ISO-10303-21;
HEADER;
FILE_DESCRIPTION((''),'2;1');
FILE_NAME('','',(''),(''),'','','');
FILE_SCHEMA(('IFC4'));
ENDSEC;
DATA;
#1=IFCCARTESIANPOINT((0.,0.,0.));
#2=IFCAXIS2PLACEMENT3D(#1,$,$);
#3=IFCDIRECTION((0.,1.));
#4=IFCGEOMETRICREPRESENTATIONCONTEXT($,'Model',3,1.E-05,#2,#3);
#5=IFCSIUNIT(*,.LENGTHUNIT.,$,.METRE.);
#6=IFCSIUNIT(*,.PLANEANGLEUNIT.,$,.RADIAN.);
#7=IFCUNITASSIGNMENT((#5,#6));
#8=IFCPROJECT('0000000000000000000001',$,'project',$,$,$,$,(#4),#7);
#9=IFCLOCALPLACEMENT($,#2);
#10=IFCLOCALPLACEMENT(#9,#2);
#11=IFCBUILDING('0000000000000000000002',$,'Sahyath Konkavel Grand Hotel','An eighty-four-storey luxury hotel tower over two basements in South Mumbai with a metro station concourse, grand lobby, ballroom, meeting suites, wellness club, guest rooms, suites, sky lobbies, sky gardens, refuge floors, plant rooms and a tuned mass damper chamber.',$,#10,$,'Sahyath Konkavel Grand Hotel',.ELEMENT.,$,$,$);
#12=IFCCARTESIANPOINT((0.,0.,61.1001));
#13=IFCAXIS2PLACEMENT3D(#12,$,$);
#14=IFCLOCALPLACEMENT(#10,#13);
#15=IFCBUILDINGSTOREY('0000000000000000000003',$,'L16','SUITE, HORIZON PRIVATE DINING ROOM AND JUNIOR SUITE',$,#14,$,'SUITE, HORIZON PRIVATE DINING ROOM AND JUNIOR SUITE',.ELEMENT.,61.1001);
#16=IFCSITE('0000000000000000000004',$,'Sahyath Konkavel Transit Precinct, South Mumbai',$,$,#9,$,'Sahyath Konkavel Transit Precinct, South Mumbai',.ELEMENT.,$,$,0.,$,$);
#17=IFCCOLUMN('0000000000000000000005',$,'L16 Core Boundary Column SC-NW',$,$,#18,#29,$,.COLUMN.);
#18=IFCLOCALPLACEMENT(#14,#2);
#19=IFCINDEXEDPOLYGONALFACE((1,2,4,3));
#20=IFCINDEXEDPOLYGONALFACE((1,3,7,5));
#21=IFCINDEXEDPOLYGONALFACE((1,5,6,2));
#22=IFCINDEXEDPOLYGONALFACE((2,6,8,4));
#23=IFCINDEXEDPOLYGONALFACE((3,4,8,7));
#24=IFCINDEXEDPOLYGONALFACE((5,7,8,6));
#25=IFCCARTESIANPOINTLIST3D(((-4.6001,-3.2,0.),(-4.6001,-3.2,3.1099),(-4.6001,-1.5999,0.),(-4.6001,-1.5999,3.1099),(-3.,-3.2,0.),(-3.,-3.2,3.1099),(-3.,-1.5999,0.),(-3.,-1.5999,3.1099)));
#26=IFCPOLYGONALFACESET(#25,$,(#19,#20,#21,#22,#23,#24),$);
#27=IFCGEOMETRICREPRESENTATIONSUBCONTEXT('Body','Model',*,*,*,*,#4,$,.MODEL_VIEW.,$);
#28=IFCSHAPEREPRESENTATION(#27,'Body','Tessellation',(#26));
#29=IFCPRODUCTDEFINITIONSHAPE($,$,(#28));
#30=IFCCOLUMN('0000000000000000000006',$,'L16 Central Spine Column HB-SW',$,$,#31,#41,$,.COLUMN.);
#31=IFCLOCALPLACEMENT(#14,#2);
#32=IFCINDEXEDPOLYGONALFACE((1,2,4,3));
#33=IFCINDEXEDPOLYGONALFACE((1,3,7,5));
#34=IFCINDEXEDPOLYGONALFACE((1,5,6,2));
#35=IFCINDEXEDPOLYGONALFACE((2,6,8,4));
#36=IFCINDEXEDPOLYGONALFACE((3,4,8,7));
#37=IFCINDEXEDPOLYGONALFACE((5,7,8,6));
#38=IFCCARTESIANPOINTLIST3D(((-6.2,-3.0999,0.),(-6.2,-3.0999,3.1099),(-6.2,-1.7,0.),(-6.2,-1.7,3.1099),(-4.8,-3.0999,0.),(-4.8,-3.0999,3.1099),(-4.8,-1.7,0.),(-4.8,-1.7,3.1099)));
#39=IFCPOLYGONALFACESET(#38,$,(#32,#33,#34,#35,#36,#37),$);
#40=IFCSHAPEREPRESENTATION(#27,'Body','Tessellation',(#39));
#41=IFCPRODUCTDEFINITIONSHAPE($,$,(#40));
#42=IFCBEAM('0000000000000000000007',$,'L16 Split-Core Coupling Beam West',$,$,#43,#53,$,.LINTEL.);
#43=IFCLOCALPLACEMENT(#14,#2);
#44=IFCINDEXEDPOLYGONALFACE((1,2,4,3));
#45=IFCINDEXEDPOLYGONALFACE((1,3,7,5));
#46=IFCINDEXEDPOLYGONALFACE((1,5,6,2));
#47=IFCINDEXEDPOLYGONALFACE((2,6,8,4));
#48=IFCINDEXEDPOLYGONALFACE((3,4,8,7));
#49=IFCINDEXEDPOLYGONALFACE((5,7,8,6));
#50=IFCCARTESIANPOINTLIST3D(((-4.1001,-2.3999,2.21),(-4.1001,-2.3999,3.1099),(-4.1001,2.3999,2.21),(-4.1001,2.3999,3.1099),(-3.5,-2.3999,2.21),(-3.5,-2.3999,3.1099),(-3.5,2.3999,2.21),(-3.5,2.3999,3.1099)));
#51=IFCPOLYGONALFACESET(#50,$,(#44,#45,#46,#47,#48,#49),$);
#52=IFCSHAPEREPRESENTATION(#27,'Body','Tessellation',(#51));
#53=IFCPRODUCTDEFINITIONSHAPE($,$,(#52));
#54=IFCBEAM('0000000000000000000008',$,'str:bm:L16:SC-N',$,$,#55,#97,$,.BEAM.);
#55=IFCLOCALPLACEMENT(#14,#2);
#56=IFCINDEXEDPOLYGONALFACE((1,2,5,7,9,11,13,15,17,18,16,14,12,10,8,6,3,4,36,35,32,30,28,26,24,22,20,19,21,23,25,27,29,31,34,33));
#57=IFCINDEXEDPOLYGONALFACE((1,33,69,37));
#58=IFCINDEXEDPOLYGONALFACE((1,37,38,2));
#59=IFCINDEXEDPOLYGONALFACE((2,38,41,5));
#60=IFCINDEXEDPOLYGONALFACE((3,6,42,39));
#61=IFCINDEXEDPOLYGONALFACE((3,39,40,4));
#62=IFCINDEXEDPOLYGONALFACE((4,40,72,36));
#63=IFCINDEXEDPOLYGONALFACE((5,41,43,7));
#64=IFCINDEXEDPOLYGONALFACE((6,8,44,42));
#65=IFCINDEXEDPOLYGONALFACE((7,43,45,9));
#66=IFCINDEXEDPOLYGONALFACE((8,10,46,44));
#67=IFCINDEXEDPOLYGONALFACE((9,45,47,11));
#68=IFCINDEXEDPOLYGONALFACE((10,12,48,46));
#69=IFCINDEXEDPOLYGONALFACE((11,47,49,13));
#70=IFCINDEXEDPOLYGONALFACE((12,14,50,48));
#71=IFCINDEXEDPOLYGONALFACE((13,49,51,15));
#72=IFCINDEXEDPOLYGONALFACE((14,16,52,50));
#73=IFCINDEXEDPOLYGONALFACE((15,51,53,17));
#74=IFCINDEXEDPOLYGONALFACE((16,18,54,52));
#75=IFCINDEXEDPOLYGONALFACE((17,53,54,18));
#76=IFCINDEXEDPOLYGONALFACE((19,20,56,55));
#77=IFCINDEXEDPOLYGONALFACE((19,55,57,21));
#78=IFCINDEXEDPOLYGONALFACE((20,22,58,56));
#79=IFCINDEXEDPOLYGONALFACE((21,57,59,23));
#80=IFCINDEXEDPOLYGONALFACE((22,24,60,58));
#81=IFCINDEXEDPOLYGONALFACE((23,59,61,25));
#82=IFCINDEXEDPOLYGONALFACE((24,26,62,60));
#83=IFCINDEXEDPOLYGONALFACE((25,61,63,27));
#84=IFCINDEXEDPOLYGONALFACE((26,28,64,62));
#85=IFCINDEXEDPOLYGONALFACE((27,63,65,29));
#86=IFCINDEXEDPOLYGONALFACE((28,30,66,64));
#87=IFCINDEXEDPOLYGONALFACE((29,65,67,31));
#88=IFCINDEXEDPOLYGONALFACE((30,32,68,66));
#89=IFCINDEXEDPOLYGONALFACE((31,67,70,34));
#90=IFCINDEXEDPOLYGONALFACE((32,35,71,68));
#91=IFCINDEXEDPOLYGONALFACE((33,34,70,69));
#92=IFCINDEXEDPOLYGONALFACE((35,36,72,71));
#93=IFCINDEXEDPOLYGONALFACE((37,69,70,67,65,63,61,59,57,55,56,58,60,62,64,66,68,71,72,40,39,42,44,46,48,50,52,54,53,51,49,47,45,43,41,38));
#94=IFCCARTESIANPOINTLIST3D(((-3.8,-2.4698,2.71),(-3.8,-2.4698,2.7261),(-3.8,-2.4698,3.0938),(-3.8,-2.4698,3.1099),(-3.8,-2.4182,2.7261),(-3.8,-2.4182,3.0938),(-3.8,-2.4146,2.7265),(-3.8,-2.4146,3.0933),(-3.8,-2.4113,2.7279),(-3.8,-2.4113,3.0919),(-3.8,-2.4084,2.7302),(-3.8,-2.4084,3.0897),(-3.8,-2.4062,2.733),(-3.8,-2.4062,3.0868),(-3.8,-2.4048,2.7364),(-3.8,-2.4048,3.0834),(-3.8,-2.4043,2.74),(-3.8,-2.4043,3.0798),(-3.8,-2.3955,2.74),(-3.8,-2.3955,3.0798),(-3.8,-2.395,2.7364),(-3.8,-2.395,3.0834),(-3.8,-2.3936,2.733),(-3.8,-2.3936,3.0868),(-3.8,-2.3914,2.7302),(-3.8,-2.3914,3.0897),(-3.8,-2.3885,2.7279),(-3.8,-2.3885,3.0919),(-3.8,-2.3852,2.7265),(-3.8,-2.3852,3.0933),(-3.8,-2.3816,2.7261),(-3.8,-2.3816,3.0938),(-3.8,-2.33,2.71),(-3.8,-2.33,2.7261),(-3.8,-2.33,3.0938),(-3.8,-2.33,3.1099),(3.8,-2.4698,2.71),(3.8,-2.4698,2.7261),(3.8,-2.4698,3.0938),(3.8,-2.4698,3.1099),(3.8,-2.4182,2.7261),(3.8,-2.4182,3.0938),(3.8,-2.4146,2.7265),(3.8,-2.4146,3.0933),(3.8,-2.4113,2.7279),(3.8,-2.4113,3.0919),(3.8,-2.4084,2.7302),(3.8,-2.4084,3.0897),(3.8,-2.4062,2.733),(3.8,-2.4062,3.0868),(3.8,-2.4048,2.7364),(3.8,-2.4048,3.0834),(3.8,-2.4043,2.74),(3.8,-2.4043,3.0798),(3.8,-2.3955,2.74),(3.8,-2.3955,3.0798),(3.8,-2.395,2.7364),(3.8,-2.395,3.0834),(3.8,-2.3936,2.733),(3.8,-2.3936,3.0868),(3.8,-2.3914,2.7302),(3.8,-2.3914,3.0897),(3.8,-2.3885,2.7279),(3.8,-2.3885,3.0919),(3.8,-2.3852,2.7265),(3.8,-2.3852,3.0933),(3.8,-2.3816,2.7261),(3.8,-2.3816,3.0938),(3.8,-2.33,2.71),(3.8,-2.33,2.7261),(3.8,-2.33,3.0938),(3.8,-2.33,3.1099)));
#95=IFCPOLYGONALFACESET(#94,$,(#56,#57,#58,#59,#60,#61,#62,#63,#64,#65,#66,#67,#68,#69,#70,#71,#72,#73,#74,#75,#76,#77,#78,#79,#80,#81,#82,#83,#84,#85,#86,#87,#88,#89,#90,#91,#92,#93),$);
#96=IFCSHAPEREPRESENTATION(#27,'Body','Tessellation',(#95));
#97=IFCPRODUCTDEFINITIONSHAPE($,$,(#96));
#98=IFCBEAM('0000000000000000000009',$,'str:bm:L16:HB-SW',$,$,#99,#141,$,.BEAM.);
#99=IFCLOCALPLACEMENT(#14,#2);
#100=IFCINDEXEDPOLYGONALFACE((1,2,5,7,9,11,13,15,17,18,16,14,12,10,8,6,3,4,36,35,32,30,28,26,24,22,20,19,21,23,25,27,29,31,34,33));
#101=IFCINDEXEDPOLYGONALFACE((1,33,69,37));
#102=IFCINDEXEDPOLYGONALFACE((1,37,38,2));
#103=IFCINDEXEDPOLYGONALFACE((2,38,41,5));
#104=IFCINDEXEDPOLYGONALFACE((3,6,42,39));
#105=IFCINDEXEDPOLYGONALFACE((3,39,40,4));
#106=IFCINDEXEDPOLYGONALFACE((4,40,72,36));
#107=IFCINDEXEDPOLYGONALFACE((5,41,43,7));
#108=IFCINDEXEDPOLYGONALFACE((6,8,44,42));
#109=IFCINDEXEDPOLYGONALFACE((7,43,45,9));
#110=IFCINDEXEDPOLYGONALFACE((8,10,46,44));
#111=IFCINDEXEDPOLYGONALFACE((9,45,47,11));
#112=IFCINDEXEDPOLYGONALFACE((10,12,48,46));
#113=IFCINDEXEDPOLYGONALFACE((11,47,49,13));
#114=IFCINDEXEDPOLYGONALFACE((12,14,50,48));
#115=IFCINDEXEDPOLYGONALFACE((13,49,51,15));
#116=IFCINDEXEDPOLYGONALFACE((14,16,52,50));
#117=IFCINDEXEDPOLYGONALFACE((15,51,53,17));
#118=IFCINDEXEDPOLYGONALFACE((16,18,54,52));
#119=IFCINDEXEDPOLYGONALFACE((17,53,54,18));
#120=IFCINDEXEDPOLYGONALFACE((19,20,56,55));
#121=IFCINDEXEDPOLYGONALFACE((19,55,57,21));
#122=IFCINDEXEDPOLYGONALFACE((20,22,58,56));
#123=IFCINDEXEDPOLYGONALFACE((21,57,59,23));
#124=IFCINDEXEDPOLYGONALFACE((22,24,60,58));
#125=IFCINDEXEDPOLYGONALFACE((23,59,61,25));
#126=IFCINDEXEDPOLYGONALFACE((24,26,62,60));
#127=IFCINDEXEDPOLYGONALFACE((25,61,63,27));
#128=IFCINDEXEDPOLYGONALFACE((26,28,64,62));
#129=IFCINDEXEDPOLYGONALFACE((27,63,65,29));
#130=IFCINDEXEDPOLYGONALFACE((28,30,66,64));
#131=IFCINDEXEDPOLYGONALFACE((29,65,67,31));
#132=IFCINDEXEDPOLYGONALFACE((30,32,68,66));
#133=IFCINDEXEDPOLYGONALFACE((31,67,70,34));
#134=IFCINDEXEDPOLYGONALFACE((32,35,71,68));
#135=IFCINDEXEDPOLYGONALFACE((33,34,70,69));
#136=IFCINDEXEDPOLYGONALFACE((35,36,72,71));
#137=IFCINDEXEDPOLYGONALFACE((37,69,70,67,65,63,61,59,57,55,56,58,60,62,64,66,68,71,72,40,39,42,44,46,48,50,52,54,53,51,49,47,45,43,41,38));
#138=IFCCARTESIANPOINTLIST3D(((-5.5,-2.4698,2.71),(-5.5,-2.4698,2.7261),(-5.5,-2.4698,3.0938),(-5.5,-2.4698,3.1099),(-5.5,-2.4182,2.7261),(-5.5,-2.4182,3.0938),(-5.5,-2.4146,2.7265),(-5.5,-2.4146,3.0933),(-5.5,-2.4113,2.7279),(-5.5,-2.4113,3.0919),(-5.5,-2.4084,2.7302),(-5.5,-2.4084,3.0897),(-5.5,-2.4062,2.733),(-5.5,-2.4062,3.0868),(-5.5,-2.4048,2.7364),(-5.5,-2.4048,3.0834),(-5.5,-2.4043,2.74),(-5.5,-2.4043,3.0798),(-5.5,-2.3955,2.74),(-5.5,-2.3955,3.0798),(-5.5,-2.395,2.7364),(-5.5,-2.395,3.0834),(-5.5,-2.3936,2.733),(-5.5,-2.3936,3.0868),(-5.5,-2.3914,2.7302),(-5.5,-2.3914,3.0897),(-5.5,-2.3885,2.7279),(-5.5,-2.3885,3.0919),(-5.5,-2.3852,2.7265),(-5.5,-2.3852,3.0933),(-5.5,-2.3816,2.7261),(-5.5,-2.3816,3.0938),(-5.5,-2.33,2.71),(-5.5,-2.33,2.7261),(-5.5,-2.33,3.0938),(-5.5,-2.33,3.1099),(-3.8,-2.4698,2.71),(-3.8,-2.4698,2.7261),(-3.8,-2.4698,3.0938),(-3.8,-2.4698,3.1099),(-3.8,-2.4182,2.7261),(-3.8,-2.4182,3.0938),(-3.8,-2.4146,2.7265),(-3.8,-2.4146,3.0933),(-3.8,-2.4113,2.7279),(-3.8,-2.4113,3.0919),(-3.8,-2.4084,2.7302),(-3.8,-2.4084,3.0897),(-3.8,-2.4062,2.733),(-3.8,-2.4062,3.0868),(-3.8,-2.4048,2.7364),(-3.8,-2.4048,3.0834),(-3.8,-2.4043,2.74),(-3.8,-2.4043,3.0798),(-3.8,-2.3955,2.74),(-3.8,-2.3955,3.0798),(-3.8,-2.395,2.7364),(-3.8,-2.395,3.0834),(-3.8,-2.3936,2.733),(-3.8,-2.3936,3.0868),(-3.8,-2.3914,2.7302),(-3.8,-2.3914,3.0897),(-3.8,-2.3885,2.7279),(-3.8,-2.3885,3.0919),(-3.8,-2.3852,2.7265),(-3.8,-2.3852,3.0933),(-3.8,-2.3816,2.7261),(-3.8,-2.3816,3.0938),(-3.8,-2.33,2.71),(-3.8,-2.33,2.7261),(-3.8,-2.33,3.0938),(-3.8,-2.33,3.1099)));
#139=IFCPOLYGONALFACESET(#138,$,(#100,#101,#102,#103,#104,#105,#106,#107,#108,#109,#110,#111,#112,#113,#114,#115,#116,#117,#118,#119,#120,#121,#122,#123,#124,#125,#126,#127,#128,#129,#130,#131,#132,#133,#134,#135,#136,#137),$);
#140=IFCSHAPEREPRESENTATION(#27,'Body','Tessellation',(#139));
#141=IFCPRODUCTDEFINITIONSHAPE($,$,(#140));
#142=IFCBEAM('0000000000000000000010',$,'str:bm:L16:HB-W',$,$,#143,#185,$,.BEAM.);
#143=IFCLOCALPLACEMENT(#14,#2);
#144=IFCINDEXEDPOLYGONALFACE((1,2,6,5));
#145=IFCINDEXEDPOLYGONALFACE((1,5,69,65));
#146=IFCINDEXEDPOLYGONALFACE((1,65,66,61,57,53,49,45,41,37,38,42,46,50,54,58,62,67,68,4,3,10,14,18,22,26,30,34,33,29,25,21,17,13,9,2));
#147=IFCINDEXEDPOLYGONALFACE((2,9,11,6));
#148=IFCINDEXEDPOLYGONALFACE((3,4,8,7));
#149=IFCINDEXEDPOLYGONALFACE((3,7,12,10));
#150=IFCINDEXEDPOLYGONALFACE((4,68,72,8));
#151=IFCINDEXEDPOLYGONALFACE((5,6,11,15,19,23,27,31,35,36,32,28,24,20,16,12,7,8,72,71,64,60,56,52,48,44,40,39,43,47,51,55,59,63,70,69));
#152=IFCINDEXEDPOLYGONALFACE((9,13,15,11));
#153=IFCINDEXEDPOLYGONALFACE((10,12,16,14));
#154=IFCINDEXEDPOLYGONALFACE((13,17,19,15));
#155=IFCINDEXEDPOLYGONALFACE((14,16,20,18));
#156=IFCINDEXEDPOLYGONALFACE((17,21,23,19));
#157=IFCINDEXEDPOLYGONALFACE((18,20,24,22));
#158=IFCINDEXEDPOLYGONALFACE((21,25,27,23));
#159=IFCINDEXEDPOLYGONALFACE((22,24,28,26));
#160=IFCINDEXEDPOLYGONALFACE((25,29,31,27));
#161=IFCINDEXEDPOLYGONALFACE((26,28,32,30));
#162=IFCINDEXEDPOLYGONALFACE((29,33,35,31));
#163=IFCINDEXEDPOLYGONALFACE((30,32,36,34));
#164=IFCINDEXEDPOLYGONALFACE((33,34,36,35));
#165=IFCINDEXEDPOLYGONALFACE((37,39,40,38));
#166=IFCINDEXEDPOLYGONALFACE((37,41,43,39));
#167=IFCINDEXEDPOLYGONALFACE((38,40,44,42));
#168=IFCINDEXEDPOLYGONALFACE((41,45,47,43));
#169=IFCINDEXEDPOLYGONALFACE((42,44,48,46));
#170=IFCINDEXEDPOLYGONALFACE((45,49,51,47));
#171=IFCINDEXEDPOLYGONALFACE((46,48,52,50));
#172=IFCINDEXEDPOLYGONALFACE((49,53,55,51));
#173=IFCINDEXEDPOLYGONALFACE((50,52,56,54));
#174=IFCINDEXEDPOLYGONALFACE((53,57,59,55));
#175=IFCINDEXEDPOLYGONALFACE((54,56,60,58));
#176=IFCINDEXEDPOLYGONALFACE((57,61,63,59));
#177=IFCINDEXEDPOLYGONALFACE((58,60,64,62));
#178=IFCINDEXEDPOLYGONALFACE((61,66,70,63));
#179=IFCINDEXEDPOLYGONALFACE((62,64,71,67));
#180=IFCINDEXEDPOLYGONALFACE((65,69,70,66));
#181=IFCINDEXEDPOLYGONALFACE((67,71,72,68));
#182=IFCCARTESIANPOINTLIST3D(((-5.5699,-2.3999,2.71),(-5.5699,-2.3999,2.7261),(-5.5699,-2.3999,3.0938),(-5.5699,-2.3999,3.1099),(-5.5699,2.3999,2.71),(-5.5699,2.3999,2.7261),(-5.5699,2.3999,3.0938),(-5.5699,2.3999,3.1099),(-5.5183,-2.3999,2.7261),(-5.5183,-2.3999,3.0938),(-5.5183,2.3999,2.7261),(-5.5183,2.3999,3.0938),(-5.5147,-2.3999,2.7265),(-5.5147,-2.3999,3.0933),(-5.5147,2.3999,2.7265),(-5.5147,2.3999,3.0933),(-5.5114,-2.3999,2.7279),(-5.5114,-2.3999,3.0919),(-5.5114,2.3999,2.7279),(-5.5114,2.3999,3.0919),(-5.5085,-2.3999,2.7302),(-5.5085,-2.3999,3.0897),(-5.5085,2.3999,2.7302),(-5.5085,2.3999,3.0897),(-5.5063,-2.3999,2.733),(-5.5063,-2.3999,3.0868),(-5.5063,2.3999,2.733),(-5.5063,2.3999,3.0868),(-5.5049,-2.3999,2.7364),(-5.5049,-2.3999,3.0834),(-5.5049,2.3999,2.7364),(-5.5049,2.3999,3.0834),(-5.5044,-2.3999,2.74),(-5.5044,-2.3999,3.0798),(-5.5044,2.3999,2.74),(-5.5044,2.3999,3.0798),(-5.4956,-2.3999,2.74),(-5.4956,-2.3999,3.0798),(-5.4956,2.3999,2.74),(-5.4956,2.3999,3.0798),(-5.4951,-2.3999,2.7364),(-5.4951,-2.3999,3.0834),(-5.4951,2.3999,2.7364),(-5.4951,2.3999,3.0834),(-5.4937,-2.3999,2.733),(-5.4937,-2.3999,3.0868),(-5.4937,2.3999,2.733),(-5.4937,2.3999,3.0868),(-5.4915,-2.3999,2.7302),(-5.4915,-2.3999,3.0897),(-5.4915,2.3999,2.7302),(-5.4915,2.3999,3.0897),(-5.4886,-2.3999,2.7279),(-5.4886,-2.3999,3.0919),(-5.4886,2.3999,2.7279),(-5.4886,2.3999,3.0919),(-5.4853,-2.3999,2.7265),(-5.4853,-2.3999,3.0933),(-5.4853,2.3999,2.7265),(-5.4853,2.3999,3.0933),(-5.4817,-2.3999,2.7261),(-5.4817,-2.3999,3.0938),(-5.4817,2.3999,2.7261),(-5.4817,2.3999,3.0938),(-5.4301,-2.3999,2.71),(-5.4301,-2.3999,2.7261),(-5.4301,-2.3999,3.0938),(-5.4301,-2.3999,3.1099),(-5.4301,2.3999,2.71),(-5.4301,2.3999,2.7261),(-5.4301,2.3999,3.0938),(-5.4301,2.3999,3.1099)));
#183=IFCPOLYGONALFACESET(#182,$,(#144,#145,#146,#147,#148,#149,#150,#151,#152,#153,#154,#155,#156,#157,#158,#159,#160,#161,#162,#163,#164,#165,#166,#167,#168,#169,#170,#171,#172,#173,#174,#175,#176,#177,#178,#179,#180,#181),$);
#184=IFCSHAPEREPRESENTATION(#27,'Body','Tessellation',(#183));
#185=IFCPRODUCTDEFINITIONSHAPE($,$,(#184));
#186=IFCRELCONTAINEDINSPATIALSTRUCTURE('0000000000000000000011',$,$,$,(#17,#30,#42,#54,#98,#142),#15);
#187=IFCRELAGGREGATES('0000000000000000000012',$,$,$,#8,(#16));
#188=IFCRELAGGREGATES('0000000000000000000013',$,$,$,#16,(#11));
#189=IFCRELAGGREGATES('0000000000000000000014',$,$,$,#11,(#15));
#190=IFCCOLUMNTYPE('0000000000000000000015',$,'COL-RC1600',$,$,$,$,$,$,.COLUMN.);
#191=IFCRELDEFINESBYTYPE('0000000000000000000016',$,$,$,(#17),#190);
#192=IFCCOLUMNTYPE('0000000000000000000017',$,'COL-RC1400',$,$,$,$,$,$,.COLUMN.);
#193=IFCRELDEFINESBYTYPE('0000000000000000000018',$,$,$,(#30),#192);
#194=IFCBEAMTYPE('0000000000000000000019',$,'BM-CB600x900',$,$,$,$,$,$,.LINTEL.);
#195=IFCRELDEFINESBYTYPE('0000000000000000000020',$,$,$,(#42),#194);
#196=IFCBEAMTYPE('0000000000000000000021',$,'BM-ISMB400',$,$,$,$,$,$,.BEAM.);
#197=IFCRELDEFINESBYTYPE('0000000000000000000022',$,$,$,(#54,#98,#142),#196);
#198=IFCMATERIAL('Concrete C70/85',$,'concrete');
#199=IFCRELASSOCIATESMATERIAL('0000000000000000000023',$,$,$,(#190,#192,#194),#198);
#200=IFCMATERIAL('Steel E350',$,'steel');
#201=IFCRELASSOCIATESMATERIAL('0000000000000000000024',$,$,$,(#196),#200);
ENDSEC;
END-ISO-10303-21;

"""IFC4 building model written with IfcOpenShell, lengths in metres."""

from ifc_helpers import new_model, si_unit, direction, frame, origin, origin_2d, place, context, subcontext, project, spatial, rectangle, i_section, extrude, source, transform, mapped, material, material_profile, profile_set, type_object, element, save


model = new_model("IFC4")

# Units and contexts
model_context = context("Model", 3, precision=1e-05, world=origin(), true_north=direction((0.0, 1.0)))
body_context = subcontext(model_context, "Body", "Model", "MODEL_VIEW")
ifc_project = project(units=[si_unit("LENGTHUNIT", "METRE"), si_unit("PLANEANGLEUNIT", "RADIAN")], contexts=[model_context])

# Site, building, storey
site_placement = place(None, origin())
site = spatial("IfcSite", under=ifc_project, at=site_placement, Name="Sahyath Konkavel Transit Precinct, South Mumbai", LongName="Sahyath Konkavel Transit Precinct, South Mumbai", CompositionType="ELEMENT", RefElevation=0.0)
building_placement = place(site_placement, origin())
building = spatial("IfcBuilding", under=site, at=building_placement, Name="Sahyath Konkavel Grand Hotel", Description="An eighty-four-storey luxury hotel tower over two basements in South Mumbai with a metro station concourse, grand lobby, ballroom, meeting suites, wellness club, guest rooms, suites, sky lobbies, sky gardens, refuge floors, plant rooms and a tuned mass damper chamber.", LongName="Sahyath Konkavel Grand Hotel", CompositionType="ELEMENT")
storey_placement = place(building_placement, frame((0.0, 0.0, 61.1001)))
storey = spatial("IfcBuildingStorey", under=building, at=storey_placement, Name="L16", Description="SUITE, HORIZON PRIVATE DINING ROOM AND JUNIOR SUITE", LongName="SUITE, HORIZON PRIVATE DINING ROOM AND JUNIOR SUITE", CompositionType="ELEMENT", Elevation=61.1001)

# Columns
ifc_material_1 = material(Name="Concrete C70/85", Category="concrete")
ifc_material_profile_1 = material_profile(ifc_material_1, rectangle(XDim=1.6001, YDim=1.6001, at=origin_2d()), Name="RC 1600x1600")
ifc_profile_set_1 = profile_set([ifc_material_profile_1], Name="Concrete C70/85")
column_type_1 = type_object("IfcColumnType", Name="COL-RC1600", PredefinedType="COLUMN", material=ifc_profile_set_1)
shared_shape_1 = source(origin(), body_context, "Body", "SweptSolid", [
    extrude(rectangle(XDim=1.6001, YDim=1.6001, at=origin_2d()), origin(), (0.0, 0.0, 1.0), 3.1099),
])
column_1_placement = place(storey_placement, frame((-3.8, -2.3999, 0.0), z_axis=(0.0, 0.0, 1.0), x_axis=(1.0, 0.0, 0.0)))
element("IfcColumn", 1, at=column_1_placement, inside=storey, type_object=column_type_1, Name="L16 Core Boundary Column SC-NW", PredefinedType="COLUMN", context=body_context, shape_type="MappedRepresentation", body=[
    mapped(shared_shape_1, transform((0.0, 0.0, 0.0), scale=1.0)),
])
ifc_material_profile_2 = material_profile(ifc_material_1, rectangle(XDim=1.3999, YDim=1.3999, at=origin_2d()), Name="RC 1400x1400")
ifc_profile_set_2 = profile_set([ifc_material_profile_2], Name="Concrete C70/85")
column_type_2 = type_object("IfcColumnType", Name="COL-RC1400", PredefinedType="COLUMN", material=ifc_profile_set_2)
shared_shape_2 = source(origin(), body_context, "Body", "SweptSolid", [
    extrude(rectangle(XDim=1.3999, YDim=1.3999, at=origin_2d()), origin(), (0.0, 0.0, 1.0), 3.1099),
])
column_2_placement = place(storey_placement, frame((-5.5, -2.3999, 0.0), z_axis=(0.0, 0.0, 1.0), x_axis=(1.0, 0.0, 0.0)))
element("IfcColumn", 2, at=column_2_placement, inside=storey, type_object=column_type_2, Name="L16 Central Spine Column HB-SW", PredefinedType="COLUMN", context=body_context, shape_type="MappedRepresentation", body=[
    mapped(shared_shape_2, transform((0.0, 0.0, 0.0), scale=1.0)),
])

# Beams
ifc_material_profile_3 = material_profile(ifc_material_1, rectangle(XDim=0.6001, YDim=0.8999, at=origin_2d()), Name="RC 600x900")
ifc_profile_set_3 = profile_set([ifc_material_profile_3], Name="Concrete C70/85")
beam_type_1 = type_object("IfcBeamType", Name="BM-CB600x900", PredefinedType="LINTEL", material=ifc_profile_set_3)
shared_shape_3 = source(origin(), body_context, "Body", "SweptSolid", [
    extrude(rectangle(XDim=0.6001, YDim=0.8999, at=origin_2d()), origin(), (0.0, 0.0, 1.0), 4.7998),
])
beam_1_placement = place(storey_placement, frame((-3.8, -2.3999, 2.6599), z_axis=(0.0, 1.0, 0.0), x_axis=(-1.0, 0.0, 0.0)))
element("IfcBeam", 3, at=beam_1_placement, inside=storey, type_object=beam_type_1, Name="L16 Split-Core Coupling Beam West", PredefinedType="LINTEL", context=body_context, shape_type="MappedRepresentation", body=[
    mapped(shared_shape_3, transform((0.0, 0.0, 0.0), scale=1.0)),
])
ifc_material_2 = material(Name="Steel E350", Category="steel")
ifc_material_profile_4 = material_profile(ifc_material_2, i_section(OverallWidth=0.1399, OverallDepth=0.3999, WebThickness=0.0088, FlangeThickness=0.0161, FilletRadius=0.0139, at=origin_2d()), Name="ISMB 400")
ifc_profile_set_4 = profile_set([ifc_material_profile_4], Name="Steel E350")
beam_type_2 = type_object("IfcBeamType", Name="BM-ISMB400", PredefinedType="BEAM", material=ifc_profile_set_4)
shared_shape_4 = source(origin(), body_context, "Body", "SweptSolid", [
    extrude(i_section(OverallWidth=0.1399, OverallDepth=0.3999, WebThickness=0.0088, FlangeThickness=0.0161, FilletRadius=0.0139, at=origin_2d()), origin(), (0.0, 0.0, 1.0), 7.6001),
])
beam_2_placement = place(storey_placement, frame((-3.8, -2.3999, 2.9099), z_axis=(1.0, 0.0, 0.0), x_axis=(0.0, 1.0, 0.0)))
element("IfcBeam", 4, at=beam_2_placement, inside=storey, type_object=beam_type_2, Name="str:bm:L16:SC-N", PredefinedType="BEAM", context=body_context, shape_type="MappedRepresentation", body=[
    mapped(shared_shape_4, transform((0.0, 0.0, 0.0), scale=1.0)),
])
shared_shape_5 = source(origin(), body_context, "Body", "SweptSolid", [
    extrude(i_section(OverallWidth=0.1399, OverallDepth=0.3999, WebThickness=0.0088, FlangeThickness=0.0161, FilletRadius=0.0139, at=origin_2d()), origin(), (0.0, 0.0, 1.0), 1.7),
])
beam_3_placement = place(storey_placement, frame((-5.5, -2.3999, 2.9099), z_axis=(1.0, 0.0, 0.0), x_axis=(0.0, 1.0, 0.0)))
element("IfcBeam", 5, at=beam_3_placement, inside=storey, type_object=beam_type_2, Name="str:bm:L16:HB-SW", PredefinedType="BEAM", context=body_context, shape_type="MappedRepresentation", body=[
    mapped(shared_shape_5, transform((0.0, 0.0, 0.0), scale=1.0)),
])
shared_shape_6 = source(origin(), body_context, "Body", "SweptSolid", [
    extrude(i_section(OverallWidth=0.1399, OverallDepth=0.3999, WebThickness=0.0088, FlangeThickness=0.0161, FilletRadius=0.0139, at=origin_2d()), origin(), (0.0, 0.0, 1.0), 4.7998),
])
beam_4_placement = place(storey_placement, frame((-5.5, -2.3999, 2.9099), z_axis=(0.0, 1.0, 0.0), x_axis=(-1.0, 0.0, 0.0)))
element("IfcBeam", 6, at=beam_4_placement, inside=storey, type_object=beam_type_2, Name="str:bm:L16:HB-W", PredefinedType="BEAM", context=body_context, shape_type="MappedRepresentation", body=[
    mapped(shared_shape_6, transform((0.0, 0.0, 0.0), scale=1.0)),
])

save(model, "model.ifc")
